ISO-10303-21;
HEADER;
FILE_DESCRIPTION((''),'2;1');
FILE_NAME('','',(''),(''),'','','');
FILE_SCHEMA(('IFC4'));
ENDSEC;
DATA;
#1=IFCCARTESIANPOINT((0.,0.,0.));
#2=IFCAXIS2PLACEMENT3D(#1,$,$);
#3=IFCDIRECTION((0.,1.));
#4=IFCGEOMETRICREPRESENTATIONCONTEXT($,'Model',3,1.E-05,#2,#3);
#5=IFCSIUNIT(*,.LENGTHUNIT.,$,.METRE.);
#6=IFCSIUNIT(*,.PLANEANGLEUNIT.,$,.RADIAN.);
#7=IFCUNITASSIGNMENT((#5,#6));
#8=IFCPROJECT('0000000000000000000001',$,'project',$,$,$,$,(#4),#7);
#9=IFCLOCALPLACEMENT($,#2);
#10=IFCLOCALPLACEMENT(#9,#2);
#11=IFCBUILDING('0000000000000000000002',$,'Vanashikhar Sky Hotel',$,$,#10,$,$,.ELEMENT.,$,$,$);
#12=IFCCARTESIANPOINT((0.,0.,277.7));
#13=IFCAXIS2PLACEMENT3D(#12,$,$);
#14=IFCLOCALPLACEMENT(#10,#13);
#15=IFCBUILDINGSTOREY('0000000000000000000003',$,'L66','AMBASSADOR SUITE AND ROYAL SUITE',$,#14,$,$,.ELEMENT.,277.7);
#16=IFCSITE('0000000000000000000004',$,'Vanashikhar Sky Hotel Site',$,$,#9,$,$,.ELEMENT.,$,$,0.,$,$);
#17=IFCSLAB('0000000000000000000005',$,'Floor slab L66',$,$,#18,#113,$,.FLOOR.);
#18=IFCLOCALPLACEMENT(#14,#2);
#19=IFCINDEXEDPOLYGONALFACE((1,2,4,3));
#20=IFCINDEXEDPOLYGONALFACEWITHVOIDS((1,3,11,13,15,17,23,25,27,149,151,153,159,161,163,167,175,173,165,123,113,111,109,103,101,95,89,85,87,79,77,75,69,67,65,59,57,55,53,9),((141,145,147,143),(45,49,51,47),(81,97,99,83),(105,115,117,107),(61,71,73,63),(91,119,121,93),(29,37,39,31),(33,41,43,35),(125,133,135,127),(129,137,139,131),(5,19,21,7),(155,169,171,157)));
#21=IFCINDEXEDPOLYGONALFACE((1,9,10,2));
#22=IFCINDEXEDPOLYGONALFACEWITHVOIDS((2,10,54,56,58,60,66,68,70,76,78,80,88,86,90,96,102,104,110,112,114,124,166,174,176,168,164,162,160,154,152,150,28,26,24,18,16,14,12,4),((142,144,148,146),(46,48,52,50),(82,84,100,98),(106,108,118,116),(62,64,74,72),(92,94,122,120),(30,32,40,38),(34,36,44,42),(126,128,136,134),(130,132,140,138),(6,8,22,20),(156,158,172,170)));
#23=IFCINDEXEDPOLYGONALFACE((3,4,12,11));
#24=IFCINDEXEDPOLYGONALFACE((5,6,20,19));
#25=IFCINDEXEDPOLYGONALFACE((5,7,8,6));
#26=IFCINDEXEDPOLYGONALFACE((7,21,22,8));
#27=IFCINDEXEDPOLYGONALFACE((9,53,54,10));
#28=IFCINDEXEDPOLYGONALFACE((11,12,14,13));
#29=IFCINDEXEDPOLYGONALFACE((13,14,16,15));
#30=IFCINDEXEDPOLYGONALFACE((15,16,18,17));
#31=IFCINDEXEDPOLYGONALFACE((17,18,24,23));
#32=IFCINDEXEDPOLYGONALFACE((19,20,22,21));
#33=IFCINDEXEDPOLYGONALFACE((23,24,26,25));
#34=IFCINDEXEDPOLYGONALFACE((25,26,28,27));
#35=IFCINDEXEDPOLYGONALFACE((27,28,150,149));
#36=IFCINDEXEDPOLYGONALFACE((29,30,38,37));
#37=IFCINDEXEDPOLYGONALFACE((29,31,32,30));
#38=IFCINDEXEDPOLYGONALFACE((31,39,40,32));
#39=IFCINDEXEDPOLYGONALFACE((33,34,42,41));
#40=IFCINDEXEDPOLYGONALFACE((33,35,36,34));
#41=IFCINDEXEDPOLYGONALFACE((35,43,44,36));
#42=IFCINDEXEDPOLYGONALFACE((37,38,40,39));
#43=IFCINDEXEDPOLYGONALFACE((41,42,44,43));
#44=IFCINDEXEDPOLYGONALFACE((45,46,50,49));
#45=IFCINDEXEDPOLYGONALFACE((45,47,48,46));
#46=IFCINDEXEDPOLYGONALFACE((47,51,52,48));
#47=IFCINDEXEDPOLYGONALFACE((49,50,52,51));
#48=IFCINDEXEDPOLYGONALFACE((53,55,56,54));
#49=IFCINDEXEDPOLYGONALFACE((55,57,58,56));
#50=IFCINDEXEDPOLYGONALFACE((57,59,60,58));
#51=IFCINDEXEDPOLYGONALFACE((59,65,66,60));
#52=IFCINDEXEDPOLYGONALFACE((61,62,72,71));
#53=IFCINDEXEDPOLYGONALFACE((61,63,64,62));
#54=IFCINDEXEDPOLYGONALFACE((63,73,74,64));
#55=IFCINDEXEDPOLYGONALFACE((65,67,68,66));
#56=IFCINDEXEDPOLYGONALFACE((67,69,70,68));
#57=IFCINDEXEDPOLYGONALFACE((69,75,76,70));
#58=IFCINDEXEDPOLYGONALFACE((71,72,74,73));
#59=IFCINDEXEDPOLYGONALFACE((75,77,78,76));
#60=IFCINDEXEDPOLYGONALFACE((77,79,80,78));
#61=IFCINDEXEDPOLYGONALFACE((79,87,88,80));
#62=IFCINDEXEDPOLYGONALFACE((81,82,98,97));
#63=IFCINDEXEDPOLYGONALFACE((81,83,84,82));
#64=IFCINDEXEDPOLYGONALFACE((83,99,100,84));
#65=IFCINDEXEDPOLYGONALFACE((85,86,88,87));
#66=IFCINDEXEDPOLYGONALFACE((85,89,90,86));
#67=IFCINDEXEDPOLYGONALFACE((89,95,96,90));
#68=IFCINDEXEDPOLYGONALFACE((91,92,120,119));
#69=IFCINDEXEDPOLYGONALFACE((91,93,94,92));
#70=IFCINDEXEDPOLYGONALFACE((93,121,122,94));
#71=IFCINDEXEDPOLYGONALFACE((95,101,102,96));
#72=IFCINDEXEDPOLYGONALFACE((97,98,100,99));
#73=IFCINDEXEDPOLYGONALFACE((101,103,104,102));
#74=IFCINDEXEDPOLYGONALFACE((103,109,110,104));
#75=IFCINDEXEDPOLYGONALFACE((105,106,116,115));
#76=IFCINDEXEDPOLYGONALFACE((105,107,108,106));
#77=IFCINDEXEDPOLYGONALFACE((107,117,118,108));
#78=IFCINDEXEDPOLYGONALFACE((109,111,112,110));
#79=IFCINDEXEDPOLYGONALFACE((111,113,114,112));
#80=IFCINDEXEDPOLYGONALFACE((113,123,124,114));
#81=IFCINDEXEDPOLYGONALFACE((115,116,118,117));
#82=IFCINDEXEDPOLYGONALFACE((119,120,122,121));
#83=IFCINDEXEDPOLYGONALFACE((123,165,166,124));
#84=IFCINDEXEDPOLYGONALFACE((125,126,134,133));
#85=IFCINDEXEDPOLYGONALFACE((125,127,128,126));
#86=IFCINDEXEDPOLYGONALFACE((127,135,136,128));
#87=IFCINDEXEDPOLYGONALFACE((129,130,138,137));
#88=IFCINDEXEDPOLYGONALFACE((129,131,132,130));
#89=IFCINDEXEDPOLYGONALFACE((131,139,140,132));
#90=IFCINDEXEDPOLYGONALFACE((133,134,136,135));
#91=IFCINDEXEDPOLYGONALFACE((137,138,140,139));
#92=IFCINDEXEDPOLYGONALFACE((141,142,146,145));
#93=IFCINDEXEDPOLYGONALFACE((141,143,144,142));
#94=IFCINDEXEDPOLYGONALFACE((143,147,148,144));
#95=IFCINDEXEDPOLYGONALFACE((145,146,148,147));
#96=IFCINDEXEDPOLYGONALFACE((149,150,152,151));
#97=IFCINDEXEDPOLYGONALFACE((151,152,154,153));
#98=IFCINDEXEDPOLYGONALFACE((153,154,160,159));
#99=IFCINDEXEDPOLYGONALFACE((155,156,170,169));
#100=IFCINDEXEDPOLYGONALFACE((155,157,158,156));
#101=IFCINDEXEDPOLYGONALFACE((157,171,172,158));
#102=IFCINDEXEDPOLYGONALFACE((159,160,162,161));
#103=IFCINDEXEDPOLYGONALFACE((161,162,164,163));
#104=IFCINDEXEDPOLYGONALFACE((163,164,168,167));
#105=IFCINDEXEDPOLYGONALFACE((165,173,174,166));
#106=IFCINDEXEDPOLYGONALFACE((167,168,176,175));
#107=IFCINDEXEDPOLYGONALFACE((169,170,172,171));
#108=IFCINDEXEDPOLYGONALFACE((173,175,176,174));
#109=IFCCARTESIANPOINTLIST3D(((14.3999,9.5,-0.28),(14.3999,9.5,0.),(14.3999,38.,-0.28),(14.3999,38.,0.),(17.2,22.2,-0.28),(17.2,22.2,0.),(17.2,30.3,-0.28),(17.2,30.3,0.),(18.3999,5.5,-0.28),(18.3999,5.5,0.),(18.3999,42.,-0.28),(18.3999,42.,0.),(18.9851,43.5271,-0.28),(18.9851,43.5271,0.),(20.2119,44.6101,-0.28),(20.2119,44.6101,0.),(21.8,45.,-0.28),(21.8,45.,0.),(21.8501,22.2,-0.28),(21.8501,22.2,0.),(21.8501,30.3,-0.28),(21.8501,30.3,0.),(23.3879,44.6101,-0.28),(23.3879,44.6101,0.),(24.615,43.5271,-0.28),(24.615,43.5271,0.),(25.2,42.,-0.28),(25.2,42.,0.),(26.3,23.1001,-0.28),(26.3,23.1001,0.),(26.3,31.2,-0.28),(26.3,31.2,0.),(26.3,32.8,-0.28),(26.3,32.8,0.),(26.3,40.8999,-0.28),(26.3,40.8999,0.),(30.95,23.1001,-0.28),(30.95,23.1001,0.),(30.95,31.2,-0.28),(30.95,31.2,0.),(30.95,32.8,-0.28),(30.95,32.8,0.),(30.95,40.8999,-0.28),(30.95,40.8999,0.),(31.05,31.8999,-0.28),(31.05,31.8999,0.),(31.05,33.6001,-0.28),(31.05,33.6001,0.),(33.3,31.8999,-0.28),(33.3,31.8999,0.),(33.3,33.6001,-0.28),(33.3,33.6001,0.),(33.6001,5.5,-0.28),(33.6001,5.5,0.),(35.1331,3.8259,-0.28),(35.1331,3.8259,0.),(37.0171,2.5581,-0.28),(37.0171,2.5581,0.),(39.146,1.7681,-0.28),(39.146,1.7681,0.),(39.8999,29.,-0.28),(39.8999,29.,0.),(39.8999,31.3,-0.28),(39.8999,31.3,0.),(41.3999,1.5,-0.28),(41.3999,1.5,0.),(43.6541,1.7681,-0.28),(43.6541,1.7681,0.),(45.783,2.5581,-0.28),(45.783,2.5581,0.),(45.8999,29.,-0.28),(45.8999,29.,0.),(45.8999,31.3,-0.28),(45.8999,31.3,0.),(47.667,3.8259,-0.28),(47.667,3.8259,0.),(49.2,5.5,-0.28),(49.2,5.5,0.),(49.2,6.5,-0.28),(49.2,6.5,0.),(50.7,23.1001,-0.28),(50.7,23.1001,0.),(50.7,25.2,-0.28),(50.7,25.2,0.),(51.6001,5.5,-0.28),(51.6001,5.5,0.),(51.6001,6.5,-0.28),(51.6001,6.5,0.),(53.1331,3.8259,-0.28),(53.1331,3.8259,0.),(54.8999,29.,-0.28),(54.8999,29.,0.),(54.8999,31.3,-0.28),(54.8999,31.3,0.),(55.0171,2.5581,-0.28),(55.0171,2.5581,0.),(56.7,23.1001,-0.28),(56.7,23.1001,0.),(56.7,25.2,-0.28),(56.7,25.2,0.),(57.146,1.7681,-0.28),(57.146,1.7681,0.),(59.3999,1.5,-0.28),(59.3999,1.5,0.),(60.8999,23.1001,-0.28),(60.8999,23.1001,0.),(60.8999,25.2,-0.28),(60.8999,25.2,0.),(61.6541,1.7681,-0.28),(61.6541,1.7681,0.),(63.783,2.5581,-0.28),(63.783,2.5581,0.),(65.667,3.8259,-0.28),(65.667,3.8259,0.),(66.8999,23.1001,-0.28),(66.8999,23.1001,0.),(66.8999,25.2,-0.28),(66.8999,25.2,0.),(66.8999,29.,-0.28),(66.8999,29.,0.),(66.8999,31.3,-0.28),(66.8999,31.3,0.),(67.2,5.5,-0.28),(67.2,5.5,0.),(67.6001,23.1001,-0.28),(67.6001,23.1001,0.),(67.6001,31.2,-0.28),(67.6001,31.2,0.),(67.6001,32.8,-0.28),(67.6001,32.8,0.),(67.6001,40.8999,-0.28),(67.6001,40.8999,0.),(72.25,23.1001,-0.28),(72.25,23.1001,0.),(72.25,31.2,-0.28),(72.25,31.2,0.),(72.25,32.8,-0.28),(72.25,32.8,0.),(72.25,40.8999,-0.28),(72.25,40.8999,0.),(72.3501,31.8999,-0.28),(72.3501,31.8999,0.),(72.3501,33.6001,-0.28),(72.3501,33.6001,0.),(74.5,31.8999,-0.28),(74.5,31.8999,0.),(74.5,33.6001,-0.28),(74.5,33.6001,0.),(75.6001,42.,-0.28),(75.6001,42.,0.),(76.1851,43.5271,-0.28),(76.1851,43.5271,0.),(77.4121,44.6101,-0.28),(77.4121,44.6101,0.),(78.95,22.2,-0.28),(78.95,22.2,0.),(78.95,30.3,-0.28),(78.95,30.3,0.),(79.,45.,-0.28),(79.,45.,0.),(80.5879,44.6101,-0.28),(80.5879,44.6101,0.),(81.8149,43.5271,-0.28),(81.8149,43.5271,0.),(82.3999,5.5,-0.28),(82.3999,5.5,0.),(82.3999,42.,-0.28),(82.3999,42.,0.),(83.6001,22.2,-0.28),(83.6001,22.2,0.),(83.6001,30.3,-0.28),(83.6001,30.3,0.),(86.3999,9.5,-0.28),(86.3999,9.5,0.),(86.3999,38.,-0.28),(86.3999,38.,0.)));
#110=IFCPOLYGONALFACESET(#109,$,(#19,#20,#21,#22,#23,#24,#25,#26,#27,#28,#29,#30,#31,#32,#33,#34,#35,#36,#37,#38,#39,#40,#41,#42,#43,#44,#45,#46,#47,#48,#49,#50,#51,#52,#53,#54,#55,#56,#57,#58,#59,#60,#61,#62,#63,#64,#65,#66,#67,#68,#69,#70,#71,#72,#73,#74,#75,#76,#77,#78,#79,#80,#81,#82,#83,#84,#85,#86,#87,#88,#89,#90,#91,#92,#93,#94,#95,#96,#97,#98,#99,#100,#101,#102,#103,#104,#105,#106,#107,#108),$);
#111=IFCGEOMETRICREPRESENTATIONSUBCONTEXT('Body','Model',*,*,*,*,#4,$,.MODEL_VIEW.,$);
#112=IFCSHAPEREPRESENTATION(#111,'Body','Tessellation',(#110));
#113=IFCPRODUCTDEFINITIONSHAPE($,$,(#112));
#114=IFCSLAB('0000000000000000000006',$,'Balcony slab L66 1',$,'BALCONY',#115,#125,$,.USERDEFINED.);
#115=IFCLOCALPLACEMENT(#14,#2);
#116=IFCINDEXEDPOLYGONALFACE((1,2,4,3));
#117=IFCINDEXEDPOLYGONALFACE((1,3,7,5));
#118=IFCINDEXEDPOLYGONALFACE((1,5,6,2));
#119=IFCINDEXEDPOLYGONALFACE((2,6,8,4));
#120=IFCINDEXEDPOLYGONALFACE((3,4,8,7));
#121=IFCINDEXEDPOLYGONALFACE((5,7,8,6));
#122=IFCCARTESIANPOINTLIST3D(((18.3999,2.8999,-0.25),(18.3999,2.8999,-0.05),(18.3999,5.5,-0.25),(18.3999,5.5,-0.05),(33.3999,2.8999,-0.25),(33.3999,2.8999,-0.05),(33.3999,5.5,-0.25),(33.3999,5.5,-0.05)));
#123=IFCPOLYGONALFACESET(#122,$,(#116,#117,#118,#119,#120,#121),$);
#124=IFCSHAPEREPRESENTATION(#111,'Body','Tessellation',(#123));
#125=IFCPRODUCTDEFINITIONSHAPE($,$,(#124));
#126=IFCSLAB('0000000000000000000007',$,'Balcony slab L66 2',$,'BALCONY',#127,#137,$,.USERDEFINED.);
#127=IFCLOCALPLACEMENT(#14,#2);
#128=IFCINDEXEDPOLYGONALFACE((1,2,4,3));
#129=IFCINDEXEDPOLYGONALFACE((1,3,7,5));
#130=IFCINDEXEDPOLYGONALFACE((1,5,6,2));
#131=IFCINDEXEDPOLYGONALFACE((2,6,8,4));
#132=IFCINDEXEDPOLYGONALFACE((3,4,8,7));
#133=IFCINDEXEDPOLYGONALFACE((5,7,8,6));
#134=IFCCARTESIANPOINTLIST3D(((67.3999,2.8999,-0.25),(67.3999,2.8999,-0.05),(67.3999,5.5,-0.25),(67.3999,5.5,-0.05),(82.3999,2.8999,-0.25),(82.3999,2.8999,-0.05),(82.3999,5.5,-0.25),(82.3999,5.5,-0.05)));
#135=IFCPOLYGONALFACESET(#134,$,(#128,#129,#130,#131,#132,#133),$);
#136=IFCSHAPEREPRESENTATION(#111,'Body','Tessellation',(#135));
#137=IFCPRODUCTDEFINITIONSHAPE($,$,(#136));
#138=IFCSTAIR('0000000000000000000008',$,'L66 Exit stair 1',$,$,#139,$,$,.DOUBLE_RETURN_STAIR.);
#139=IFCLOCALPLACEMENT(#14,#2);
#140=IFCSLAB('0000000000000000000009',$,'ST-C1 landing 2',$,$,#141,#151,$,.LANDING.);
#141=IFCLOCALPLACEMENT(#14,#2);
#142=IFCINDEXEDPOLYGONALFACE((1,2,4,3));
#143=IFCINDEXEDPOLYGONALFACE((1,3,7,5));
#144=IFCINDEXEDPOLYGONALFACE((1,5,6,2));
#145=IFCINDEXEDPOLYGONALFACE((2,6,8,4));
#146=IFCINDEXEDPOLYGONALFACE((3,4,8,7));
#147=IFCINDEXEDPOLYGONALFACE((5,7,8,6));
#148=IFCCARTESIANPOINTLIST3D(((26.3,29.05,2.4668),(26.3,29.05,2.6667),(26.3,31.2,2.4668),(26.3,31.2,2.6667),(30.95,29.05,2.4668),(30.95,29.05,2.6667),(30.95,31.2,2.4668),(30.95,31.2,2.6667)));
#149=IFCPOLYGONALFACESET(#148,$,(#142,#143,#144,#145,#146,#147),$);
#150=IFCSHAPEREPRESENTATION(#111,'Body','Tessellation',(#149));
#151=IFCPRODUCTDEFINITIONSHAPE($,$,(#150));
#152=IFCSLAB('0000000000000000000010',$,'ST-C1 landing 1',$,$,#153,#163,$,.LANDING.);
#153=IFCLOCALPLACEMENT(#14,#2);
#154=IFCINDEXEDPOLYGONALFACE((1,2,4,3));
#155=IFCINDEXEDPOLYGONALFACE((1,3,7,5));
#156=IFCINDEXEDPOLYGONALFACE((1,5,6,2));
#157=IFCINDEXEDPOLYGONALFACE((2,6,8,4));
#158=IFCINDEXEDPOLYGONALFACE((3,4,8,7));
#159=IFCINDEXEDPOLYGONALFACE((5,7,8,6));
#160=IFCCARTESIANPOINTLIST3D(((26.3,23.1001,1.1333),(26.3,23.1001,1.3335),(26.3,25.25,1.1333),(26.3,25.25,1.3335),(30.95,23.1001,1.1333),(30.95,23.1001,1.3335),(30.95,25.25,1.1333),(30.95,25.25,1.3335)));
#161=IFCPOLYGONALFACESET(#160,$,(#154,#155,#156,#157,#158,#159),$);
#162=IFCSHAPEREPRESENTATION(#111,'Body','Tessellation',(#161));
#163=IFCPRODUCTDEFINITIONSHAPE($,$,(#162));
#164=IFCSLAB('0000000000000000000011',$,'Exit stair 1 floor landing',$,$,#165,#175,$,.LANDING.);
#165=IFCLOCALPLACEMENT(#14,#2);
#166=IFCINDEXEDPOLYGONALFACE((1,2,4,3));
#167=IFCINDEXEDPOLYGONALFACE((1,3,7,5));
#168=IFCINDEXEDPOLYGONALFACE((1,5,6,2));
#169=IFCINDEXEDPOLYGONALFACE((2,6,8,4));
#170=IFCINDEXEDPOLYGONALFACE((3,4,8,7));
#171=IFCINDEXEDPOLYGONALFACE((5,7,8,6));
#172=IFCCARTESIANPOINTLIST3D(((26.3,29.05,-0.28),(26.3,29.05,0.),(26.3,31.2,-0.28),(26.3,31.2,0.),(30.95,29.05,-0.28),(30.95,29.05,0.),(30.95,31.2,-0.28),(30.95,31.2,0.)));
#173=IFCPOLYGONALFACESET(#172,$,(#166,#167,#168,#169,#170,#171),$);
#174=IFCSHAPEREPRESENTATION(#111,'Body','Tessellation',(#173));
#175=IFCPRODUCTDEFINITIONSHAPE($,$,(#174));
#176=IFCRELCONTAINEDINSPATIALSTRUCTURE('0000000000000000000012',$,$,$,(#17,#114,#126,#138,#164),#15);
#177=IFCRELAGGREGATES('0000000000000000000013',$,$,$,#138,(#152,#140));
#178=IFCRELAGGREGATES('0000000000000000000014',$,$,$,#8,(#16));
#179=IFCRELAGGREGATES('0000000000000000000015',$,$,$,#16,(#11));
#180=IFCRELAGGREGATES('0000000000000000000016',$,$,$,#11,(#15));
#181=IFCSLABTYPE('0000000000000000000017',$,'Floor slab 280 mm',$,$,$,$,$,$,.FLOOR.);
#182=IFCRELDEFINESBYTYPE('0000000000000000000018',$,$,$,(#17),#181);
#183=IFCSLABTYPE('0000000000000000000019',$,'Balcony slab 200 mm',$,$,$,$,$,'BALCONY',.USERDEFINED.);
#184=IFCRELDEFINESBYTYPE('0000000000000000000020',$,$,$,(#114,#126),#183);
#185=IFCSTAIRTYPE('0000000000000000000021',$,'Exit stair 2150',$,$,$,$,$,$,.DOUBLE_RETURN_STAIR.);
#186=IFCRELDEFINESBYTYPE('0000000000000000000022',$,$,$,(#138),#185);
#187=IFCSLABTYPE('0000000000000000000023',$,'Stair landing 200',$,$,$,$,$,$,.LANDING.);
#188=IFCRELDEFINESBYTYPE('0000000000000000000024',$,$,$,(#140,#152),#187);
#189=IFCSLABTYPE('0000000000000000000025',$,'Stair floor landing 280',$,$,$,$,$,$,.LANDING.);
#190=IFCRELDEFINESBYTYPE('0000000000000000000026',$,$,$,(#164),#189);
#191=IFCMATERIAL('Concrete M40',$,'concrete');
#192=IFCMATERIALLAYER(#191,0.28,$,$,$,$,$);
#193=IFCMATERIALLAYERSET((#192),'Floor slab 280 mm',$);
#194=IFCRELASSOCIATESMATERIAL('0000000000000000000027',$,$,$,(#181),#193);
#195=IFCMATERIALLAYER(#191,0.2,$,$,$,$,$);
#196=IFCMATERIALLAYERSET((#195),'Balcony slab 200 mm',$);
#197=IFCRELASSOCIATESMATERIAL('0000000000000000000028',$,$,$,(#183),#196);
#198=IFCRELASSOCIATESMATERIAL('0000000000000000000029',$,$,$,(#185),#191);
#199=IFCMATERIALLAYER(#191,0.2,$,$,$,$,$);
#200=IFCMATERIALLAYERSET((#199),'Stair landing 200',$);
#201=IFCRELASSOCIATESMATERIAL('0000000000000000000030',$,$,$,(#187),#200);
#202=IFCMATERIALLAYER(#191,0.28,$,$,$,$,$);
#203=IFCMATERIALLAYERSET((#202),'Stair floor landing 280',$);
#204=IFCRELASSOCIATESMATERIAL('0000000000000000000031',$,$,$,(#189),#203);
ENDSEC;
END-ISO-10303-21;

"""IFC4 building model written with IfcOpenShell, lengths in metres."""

from ifc_helpers import new_model, si_unit, direction, frame, origin, place, context, subcontext, project, spatial, polyline, outline, extrude, source, transform, mapped, material, layer, layer_set, type_object, element, aggregate, save


model = new_model("IFC4")

# Units and contexts
model_context = context("Model", 3, precision=1e-05, world=origin(), true_north=direction((0.0, 1.0)))
body_context = subcontext(model_context, "Body", "Model", "MODEL_VIEW")
ifc_project = project(units=[si_unit("LENGTHUNIT", "METRE"), si_unit("PLANEANGLEUNIT", "RADIAN")], contexts=[model_context])

# Site, building, storey
site_placement = place(None, origin())
site = spatial("IfcSite", under=ifc_project, at=site_placement, Name="Vanashikhar Sky Hotel Site", CompositionType="ELEMENT", RefElevation=0.0)
building_placement = place(site_placement, origin())
building = spatial("IfcBuilding", under=site, at=building_placement, Name="Vanashikhar Sky Hotel", CompositionType="ELEMENT")
storey_placement = place(building_placement, frame((0.0, 0.0, 277.7)))
storey = spatial("IfcBuildingStorey", under=building, at=storey_placement, Name="L66", Description="AMBASSADOR SUITE AND ROYAL SUITE", CompositionType="ELEMENT", Elevation=277.7)

# Slabs
ifc_material = material(Name="Concrete M40", Category="concrete")
ifc_layer_1 = layer(ifc_material, 0.28)
ifc_layer_set_1 = layer_set([ifc_layer_1], Name="Floor slab 280 mm")
slab_type_1 = type_object("IfcSlabType", Name="Floor slab 280 mm", PredefinedType="FLOOR", material=ifc_layer_set_1)
shared_shape_1 = source(origin(), body_context, "Body", "SweptSolid", [
    extrude(outline(polyline([(49.2, 5.5), (49.2, 6.5), (51.6001, 6.5), (51.6001, 5.5), (53.1331, 3.8259), (55.0171, 2.5581), (57.146, 1.7681), (59.3999, 1.5), (61.6541, 1.7681), (63.783, 2.5581), (65.667, 3.8259), (67.2, 5.5), (82.3999, 5.5), (86.3999, 9.5), (86.3999, 38.0), (82.3999, 42.0), (81.8149, 43.5271), (80.5879, 44.6101), (79.0, 45.0), (77.4121, 44.6101), (76.1851, 43.5271), (75.6001, 42.0), (25.2, 42.0), (24.615, 43.5271), (23.3879, 44.6101), (21.8, 45.0), (20.2119, 44.6101), (18.9851, 43.5271), (18.3999, 42.0), (14.3999, 38.0), (14.3999, 9.5), (18.3999, 5.5), (33.6001, 5.5), (35.1331, 3.8259), (37.0171, 2.5581), (39.146, 1.7681), (41.3999, 1.5), (43.6541, 1.7681), (45.783, 2.5581), (47.667, 3.8259), (49.2, 5.5)]), holes=[polyline([(33.3, 33.6001), (31.05, 33.6001), (31.05, 31.8999), (33.3, 31.8999), (33.3, 33.6001)]), polyline([(39.8999, 31.3), (39.8999, 29.0), (45.8999, 29.0), (45.8999, 31.3), (39.8999, 31.3)]), polyline([(50.7, 25.2), (50.7, 23.1001), (56.7, 23.1001), (56.7, 25.2), (50.7, 25.2)]), polyline([(66.8999, 29.0), (66.8999, 31.3), (54.8999, 31.3), (54.8999, 29.0), (66.8999, 29.0)]), polyline([(60.8999, 25.2), (60.8999, 23.1001), (66.8999, 23.1001), (66.8999, 25.2), (60.8999, 25.2)]), polyline([(74.5, 33.6001), (72.3501, 33.6001), (72.3501, 31.8999), (74.5, 31.8999), (74.5, 33.6001)]), polyline([(30.95, 23.1001), (30.95, 31.2), (26.3, 31.2), (26.3, 23.1001), (30.95, 23.1001)]), polyline([(72.25, 23.1001), (72.25, 31.2), (67.6001, 31.2), (67.6001, 23.1001), (72.25, 23.1001)]), polyline([(30.95, 32.8), (30.95, 40.8999), (26.3, 40.8999), (26.3, 32.8), (30.95, 32.8)]), polyline([(72.25, 32.8), (72.25, 40.8999), (67.6001, 40.8999), (67.6001, 32.8), (72.25, 32.8)]), polyline([(83.6001, 22.2), (83.6001, 30.3), (78.95, 30.3), (78.95, 22.2), (83.6001, 22.2)]), polyline([(21.8501, 22.2), (21.8501, 30.3), (17.2, 30.3), (17.2, 22.2), (21.8501, 22.2)])]), origin(), (0.0, 0.0, 1.0), 0.28),
])
slab_1_placement = place(storey_placement, frame((0.0, 0.0, -0.28)))
element("IfcSlab", 1, at=slab_1_placement, inside=storey, type_object=slab_type_1, Name="Floor slab L66", PredefinedType="FLOOR", context=body_context, shape_type="MappedRepresentation", body=[
    mapped(shared_shape_1, transform((0.0, 0.0, 0.0), scale=1.0)),
])
ifc_layer_2 = layer(ifc_material, 0.2)
ifc_layer_set_2 = layer_set([ifc_layer_2], Name="Balcony slab 200 mm")
slab_type_2 = type_object("IfcSlabType", Name="Balcony slab 200 mm", ElementType="BALCONY", PredefinedType="USERDEFINED", material=ifc_layer_set_2)
shared_shape_2 = source(origin(), body_context, "Body", "SweptSolid", [
    extrude(outline(polyline([(18.3999, 2.8999), (33.3999, 2.8999), (33.3999, 5.5), (18.3999, 5.5), (18.3999, 2.8999)])), origin(), (0.0, 0.0, 1.0), 0.2),
])
slab_2_placement = place(storey_placement, frame((0.0, 0.0, -0.25)))
element("IfcSlab", 2, at=slab_2_placement, inside=storey, type_object=slab_type_2, Name="Balcony slab L66 1", ObjectType="BALCONY", PredefinedType="USERDEFINED", context=body_context, shape_type="MappedRepresentation", body=[
    mapped(shared_shape_2, transform((0.0, 0.0, 0.0), scale=1.0)),
])
shared_shape_3 = source(origin(), body_context, "Body", "SweptSolid", [
    extrude(outline(polyline([(67.3999, 2.8999), (82.3999, 2.8999), (82.3999, 5.5), (67.3999, 5.5), (67.3999, 2.8999)])), origin(), (0.0, 0.0, 1.0), 0.2),
])
slab_3_placement = place(storey_placement, frame((0.0, 0.0, -0.25)))
element("IfcSlab", 3, at=slab_3_placement, inside=storey, type_object=slab_type_2, Name="Balcony slab L66 2", ObjectType="BALCONY", PredefinedType="USERDEFINED", context=body_context, shape_type="MappedRepresentation", body=[
    mapped(shared_shape_3, transform((0.0, 0.0, 0.0), scale=1.0)),
])

# Stair, slabs
stair_type = type_object("IfcStairType", Name="Exit stair 2150", PredefinedType="DOUBLE_RETURN_STAIR", material=ifc_material)
stair_1_placement = place(storey_placement, origin())
stair_1 = element("IfcStair", 4, at=stair_1_placement, inside=storey, type_object=stair_type, Name="L66 Exit stair 1", PredefinedType="DOUBLE_RETURN_STAIR")
ifc_layer_3 = layer(ifc_material, 0.2)
ifc_layer_set_3 = layer_set([ifc_layer_3], Name="Stair landing 200")
slab_type_3 = type_object("IfcSlabType", Name="Stair landing 200", PredefinedType="LANDING", material=ifc_layer_set_3)
shared_shape_4 = source(origin(), body_context, "Body", "SweptSolid", [
    extrude(outline(polyline([(30.95, 29.05), (30.95, 31.2), (26.3, 31.2), (26.3, 29.05), (30.95, 29.05)])), origin(), (0.0, 0.0, 1.0), 0.2),
])
slab_4_placement = place(storey_placement, frame((0.0, 0.0, 2.4668)))
slab_4 = element("IfcSlab", 5, at=slab_4_placement, type_object=slab_type_3, Name="ST-C1 landing 2", PredefinedType="LANDING", context=body_context, shape_type="MappedRepresentation", body=[
    mapped(shared_shape_4, transform((0.0, 0.0, 0.0), scale=1.0)),
])
shared_shape_5 = source(origin(), body_context, "Body", "SweptSolid", [
    extrude(outline(polyline([(30.95, 23.1001), (30.95, 25.25), (26.3, 25.25), (26.3, 23.1001), (30.95, 23.1001)])), origin(), (0.0, 0.0, 1.0), 0.2002),
])
slab_5_placement = place(storey_placement, frame((0.0, 0.0, 1.1333)))
slab_5 = element("IfcSlab", 6, at=slab_5_placement, type_object=slab_type_3, Name="ST-C1 landing 1", PredefinedType="LANDING", context=body_context, shape_type="MappedRepresentation", body=[
    mapped(shared_shape_5, transform((0.0, 0.0, 0.0), scale=1.0)),
])
aggregate(stair_1, [slab_5, slab_4])

# Slab
ifc_layer_4 = layer(ifc_material, 0.28)
ifc_layer_set_4 = layer_set([ifc_layer_4], Name="Stair floor landing 280")
slab_type_4 = type_object("IfcSlabType", Name="Stair floor landing 280", PredefinedType="LANDING", material=ifc_layer_set_4)
shared_shape_6 = source(origin(), body_context, "Body", "SweptSolid", [
    extrude(outline(polyline([(30.95, 29.05), (30.95, 31.2), (26.3, 31.2), (26.3, 29.05), (30.95, 29.05)])), origin(), (0.0, 0.0, 1.0), 0.28),
])
slab_6_placement = place(storey_placement, frame((0.0, 0.0, -0.28)))
element("IfcSlab", 7, at=slab_6_placement, inside=storey, type_object=slab_type_4, Name="Exit stair 1 floor landing", PredefinedType="LANDING", context=body_context, shape_type="MappedRepresentation", body=[
    mapped(shared_shape_6, transform((0.0, 0.0, 0.0), scale=1.0)),
])

save(model, "model.ifc")
